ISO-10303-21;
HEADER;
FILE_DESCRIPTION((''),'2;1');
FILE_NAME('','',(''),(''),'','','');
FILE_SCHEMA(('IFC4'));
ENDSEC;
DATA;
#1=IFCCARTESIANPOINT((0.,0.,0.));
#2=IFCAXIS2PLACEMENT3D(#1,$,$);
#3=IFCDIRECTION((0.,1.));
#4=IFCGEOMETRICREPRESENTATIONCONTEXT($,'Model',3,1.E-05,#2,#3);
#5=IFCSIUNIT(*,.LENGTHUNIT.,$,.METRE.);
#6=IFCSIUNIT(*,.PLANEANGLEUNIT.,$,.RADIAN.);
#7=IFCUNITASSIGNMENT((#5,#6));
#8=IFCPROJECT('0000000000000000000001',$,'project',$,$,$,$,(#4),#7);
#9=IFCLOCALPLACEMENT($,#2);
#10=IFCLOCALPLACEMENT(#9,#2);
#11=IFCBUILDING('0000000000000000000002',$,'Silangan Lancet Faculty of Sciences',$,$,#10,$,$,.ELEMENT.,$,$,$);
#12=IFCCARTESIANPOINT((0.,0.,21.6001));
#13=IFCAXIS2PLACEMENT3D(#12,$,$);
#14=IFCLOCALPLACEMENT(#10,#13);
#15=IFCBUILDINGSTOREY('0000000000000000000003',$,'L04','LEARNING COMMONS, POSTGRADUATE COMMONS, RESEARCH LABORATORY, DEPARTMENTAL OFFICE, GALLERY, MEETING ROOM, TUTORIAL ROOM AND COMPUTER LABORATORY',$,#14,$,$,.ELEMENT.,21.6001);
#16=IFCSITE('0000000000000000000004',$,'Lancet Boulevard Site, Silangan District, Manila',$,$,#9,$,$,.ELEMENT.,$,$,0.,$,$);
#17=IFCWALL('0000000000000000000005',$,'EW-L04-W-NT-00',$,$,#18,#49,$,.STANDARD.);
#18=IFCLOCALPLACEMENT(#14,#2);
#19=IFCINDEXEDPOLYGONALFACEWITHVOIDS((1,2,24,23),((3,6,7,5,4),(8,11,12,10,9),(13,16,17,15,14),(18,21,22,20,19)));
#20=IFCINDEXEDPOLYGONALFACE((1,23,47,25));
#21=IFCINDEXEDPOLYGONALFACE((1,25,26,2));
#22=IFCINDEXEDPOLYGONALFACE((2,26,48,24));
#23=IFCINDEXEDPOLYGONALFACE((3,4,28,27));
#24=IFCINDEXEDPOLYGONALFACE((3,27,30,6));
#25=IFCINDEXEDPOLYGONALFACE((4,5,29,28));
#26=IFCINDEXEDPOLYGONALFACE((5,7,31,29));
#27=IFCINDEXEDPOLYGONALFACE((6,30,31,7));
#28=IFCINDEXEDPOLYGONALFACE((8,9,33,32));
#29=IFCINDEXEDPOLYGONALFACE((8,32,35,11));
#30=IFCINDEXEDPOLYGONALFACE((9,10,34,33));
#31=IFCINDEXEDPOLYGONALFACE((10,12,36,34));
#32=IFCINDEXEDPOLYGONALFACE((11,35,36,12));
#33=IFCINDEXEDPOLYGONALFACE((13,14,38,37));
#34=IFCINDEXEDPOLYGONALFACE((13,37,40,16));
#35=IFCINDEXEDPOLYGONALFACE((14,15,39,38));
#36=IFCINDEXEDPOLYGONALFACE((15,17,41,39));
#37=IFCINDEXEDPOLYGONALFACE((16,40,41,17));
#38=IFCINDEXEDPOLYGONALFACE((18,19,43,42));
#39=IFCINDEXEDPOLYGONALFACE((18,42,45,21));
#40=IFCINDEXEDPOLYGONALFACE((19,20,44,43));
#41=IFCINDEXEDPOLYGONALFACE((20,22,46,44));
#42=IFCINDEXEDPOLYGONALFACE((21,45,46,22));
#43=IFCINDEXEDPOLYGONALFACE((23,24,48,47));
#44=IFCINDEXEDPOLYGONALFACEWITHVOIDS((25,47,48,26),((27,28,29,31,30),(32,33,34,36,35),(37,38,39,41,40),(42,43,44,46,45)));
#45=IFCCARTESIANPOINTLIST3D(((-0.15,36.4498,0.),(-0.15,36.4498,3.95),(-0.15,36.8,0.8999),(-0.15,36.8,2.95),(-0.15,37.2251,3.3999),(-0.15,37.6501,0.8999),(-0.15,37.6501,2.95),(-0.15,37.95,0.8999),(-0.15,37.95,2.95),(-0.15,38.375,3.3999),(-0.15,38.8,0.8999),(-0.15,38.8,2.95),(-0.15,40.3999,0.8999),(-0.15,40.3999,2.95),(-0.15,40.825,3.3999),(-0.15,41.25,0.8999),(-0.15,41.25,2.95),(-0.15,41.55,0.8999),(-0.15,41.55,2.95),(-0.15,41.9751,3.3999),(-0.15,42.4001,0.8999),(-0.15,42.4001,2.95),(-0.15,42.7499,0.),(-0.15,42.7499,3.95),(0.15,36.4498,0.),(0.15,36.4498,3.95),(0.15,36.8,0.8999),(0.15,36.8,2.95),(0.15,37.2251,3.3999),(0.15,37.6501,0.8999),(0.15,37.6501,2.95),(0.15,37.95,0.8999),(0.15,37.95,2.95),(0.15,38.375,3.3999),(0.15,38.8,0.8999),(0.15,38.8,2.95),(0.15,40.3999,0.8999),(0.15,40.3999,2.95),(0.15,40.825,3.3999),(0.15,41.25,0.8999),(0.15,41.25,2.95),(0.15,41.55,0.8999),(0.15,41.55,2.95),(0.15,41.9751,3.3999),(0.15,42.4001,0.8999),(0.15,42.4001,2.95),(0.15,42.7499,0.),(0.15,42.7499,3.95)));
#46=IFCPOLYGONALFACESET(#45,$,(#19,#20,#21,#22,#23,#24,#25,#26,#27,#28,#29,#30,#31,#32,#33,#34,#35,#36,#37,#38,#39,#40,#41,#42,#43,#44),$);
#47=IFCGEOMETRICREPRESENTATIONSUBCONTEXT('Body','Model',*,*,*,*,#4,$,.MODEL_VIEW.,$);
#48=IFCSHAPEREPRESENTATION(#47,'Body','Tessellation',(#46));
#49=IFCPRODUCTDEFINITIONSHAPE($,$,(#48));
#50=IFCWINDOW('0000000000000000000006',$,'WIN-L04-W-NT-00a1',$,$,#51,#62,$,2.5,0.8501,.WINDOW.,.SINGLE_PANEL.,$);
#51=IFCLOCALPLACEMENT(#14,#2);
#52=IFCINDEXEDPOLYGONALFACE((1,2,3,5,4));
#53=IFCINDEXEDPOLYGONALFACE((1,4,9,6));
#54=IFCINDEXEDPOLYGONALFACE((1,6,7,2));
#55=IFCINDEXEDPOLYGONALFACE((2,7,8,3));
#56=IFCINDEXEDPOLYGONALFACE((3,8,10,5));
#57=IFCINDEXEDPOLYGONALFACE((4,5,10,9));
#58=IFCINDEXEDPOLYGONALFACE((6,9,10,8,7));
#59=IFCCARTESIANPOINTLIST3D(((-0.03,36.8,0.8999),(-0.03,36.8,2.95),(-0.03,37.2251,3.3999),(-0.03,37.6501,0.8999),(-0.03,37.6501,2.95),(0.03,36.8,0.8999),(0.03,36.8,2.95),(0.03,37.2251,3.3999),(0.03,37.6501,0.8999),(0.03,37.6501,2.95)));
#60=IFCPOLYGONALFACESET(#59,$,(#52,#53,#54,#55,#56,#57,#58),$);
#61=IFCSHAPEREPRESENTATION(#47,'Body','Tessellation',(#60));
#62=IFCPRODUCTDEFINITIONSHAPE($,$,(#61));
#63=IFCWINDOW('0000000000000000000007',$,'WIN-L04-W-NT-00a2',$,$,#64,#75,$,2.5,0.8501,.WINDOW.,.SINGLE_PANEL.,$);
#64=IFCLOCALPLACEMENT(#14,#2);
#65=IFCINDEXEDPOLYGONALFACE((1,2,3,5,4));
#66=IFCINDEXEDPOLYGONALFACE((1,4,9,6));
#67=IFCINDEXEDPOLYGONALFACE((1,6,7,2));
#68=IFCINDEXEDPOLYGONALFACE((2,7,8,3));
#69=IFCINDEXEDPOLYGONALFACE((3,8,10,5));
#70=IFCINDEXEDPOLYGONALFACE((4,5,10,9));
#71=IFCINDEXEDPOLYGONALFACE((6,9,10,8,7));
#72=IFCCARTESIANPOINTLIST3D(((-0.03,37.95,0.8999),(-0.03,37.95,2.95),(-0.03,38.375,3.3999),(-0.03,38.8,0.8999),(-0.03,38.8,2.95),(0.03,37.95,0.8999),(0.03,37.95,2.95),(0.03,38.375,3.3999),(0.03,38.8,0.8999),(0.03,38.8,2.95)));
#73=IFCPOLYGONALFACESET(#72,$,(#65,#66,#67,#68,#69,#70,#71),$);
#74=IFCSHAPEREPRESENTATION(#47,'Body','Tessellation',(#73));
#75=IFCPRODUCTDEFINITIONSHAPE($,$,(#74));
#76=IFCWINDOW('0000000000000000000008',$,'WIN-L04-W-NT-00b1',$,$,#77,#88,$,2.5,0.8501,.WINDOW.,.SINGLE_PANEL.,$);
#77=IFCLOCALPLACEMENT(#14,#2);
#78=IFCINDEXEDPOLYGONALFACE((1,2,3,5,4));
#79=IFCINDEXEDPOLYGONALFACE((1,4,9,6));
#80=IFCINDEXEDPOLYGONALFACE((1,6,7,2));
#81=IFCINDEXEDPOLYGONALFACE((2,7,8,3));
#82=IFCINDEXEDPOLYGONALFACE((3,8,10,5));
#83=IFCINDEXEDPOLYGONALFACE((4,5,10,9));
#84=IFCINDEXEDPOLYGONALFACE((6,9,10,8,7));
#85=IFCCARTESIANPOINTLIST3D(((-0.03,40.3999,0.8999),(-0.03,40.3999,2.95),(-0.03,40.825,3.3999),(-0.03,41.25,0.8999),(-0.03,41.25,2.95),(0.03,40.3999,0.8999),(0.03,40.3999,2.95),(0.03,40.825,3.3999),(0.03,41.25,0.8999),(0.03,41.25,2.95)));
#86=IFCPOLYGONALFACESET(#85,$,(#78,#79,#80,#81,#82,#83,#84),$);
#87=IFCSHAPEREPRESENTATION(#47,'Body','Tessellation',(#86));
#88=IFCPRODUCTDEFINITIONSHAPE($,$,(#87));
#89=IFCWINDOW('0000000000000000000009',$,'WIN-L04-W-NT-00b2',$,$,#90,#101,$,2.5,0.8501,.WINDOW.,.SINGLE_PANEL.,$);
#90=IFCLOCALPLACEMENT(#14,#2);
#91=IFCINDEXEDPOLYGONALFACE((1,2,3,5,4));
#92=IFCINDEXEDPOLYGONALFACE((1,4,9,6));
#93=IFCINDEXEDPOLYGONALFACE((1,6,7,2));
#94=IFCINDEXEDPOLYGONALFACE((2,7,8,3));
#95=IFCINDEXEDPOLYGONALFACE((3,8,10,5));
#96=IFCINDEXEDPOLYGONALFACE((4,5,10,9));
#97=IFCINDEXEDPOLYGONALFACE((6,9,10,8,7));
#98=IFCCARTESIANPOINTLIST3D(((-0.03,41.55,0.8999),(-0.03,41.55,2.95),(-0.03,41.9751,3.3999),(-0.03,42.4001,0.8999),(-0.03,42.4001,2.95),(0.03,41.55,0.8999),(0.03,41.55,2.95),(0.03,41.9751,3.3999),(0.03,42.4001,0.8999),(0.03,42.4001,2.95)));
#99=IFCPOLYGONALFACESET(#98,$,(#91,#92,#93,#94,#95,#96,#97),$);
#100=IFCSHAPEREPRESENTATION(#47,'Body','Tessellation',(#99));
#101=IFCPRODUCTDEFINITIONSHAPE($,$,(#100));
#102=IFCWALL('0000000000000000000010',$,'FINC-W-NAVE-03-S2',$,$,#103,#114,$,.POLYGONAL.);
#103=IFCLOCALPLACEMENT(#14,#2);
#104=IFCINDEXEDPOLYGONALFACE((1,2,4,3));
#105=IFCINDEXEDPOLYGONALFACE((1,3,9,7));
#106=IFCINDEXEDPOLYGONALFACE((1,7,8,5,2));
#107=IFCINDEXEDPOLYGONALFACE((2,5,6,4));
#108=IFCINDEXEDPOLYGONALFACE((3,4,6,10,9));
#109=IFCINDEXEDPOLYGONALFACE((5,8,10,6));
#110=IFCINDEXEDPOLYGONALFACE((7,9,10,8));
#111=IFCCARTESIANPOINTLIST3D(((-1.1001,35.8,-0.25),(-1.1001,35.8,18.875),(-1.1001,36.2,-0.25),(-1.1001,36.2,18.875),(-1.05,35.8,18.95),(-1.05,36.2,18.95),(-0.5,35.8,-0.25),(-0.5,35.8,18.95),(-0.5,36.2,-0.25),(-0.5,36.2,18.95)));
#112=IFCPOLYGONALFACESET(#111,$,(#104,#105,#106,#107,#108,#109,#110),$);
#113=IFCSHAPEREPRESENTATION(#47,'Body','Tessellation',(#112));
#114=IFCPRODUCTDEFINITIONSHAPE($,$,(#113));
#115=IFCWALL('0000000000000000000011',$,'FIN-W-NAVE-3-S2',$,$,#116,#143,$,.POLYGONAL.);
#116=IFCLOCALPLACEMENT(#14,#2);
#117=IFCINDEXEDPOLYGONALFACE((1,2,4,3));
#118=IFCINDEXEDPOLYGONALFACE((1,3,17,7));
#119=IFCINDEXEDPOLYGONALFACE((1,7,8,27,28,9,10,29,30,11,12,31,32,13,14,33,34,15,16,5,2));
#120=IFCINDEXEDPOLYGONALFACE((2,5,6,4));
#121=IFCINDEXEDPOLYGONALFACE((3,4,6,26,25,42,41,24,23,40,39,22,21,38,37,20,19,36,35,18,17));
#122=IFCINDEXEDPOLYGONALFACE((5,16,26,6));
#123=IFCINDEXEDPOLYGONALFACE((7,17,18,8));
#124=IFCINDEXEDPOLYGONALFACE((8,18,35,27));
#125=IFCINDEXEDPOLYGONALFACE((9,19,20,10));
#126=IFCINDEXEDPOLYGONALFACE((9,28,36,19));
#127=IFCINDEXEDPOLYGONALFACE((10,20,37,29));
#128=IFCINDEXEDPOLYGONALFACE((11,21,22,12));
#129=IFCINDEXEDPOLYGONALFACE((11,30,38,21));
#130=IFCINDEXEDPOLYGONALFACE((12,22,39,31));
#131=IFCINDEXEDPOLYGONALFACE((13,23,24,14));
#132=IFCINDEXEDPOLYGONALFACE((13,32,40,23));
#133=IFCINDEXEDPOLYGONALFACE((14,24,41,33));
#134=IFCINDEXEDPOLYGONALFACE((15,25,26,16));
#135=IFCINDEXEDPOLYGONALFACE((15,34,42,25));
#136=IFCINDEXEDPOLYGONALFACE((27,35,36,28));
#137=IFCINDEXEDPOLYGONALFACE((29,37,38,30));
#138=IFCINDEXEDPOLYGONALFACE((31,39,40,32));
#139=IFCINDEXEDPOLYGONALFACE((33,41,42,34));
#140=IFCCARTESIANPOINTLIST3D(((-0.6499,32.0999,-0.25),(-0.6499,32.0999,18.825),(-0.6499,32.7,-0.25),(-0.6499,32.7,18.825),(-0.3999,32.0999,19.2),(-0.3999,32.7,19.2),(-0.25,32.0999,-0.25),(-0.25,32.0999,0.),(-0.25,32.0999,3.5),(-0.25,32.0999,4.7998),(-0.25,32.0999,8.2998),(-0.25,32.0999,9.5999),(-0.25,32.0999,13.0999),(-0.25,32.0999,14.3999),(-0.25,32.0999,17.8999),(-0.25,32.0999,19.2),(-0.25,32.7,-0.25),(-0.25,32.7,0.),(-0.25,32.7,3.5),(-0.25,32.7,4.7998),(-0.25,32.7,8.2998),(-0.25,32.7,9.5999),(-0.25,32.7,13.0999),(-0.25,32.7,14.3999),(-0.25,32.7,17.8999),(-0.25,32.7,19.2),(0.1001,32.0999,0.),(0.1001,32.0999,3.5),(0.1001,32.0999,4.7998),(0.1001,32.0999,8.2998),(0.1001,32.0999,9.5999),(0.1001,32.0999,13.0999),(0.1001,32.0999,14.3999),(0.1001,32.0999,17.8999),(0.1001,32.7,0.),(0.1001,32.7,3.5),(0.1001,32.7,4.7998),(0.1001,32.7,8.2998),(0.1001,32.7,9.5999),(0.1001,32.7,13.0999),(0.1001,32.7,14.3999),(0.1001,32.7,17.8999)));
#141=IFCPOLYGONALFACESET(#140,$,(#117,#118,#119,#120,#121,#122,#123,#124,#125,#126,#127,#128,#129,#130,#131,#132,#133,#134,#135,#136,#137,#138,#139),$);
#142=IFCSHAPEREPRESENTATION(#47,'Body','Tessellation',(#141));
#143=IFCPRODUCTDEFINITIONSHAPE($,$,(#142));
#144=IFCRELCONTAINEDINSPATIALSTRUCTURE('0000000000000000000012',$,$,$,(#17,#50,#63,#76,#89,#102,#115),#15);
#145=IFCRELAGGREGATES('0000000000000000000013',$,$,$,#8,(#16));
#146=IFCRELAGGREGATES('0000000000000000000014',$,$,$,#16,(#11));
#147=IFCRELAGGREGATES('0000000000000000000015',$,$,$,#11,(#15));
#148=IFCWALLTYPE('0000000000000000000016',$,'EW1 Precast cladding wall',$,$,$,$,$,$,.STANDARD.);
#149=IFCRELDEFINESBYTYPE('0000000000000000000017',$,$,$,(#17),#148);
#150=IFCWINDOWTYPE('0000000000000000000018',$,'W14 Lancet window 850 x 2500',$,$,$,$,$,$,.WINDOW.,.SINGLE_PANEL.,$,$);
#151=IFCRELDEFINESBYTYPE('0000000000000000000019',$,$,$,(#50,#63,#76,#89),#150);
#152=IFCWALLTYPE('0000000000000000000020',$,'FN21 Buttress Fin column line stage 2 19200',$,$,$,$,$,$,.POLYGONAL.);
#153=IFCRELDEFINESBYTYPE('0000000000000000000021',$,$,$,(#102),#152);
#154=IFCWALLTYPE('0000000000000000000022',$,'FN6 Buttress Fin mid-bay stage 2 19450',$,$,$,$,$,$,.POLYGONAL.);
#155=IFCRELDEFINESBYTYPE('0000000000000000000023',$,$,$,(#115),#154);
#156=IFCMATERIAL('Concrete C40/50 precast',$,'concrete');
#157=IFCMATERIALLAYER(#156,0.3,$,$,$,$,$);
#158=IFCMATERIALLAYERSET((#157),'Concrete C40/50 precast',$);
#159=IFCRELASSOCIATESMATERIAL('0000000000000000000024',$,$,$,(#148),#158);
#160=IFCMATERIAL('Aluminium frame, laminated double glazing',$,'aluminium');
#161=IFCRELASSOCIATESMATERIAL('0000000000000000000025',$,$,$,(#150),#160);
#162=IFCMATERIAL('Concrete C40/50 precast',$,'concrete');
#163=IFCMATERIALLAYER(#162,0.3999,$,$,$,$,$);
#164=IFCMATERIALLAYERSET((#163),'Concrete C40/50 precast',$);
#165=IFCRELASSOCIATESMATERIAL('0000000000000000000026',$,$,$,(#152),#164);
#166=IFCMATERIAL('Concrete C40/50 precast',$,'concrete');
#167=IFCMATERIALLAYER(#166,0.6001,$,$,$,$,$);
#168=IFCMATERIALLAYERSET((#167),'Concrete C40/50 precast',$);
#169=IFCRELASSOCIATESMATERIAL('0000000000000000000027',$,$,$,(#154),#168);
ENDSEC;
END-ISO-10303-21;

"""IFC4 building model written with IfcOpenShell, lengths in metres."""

from ifc_helpers import new_model, si_unit, direction, frame, frame_2d, origin, place, context, subcontext, project, spatial, polyline, rectangle, outline, extrude, material, layer, layer_set, type_object, element, fill, save


model = new_model("IFC4")

# Units and contexts
model_context = context("Model", 3, precision=1e-05, world=origin(), true_north=direction((0.0, 1.0)))
body_context = subcontext(model_context, "Body", "Model", "MODEL_VIEW")
ifc_project = project(units=[si_unit("LENGTHUNIT", "METRE"), si_unit("PLANEANGLEUNIT", "RADIAN")], contexts=[model_context])

# Site, building, storey
site_placement = place(None, origin())
site = spatial("IfcSite", under=ifc_project, at=site_placement, Name="Lancet Boulevard Site, Silangan District, Manila", CompositionType="ELEMENT", RefElevation=0.0)
building_placement = place(site_placement, origin())
building = spatial("IfcBuilding", under=site, at=building_placement, Name="Silangan Lancet Faculty of Sciences", CompositionType="ELEMENT")
storey_placement = place(building_placement, frame((0.0, 0.0, 21.6001)))
storey = spatial("IfcBuildingStorey", under=building, at=storey_placement, Name="L04", Description="LEARNING COMMONS, POSTGRADUATE COMMONS, RESEARCH LABORATORY, DEPARTMENTAL OFFICE, GALLERY, MEETING ROOM, TUTORIAL ROOM AND COMPUTER LABORATORY", CompositionType="ELEMENT", Elevation=21.6001)

# Wall, openings, windows
ifc_material_1 = material(Name="Concrete C40/50 precast", Category="concrete")
ifc_layer_1 = layer(ifc_material_1, 0.3)
ifc_layer_set_1 = layer_set([ifc_layer_1], Name="Concrete C40/50 precast")
wall_type_1 = type_object("IfcWallType", Name="EW1 Precast cladding wall", PredefinedType="STANDARD", material=ifc_layer_set_1)
wall_1_placement = place(storey_placement, frame((0.0, 36.45, 0.0), z_axis=(0.0, 0.0, 1.0), x_axis=(0.0, 1.0, 0.0)))
wall_1 = element("IfcWall", 1, at=wall_1_placement, inside=storey, type_object=wall_type_1, Name="EW-L04-W-NT-00", PredefinedType="STANDARD", context=body_context, shape_type="SweptSolid", body=[
    extrude(rectangle(XDim=6.3, YDim=0.3, at=frame_2d((3.1499, 0.0))), origin(), (0.0, 0.0, 1.0), 3.95),
])
opening_1_placement = place(wall_1_placement, frame((0.3501, 0.0, 0.8999)))
opening_1 = element("IfcOpeningElement", 2, at=opening_1_placement, cuts=wall_1, PredefinedType="OPENING", context=body_context, shape_type="SweptSolid", body=[
    extrude(outline(polyline([(0.0, 0.0), (0.8501, 0.0), (0.8501, 2.05), (0.425, 2.5), (0.0, 2.05), (0.0, 0.0)])), frame((0.0, 0.1599, 0.0), z_axis=(0.0, -1.0, 0.0), x_axis=(1.0, 0.0, 0.0)), (0.0, 0.0, 1.0), 0.3201),
])
opening_2_placement = place(wall_1_placement, frame((1.5, 0.0, 0.8999)))
opening_2 = element("IfcOpeningElement", 3, at=opening_2_placement, cuts=wall_1, PredefinedType="OPENING", context=body_context, shape_type="SweptSolid", body=[
    extrude(outline(polyline([(0.0, 0.0), (0.8501, 0.0), (0.8501, 2.05), (0.425, 2.5), (0.0, 2.05), (0.0, 0.0)])), frame((0.0, 0.1599, 0.0), z_axis=(0.0, -1.0, 0.0), x_axis=(1.0, 0.0, 0.0)), (0.0, 0.0, 1.0), 0.3201),
])
opening_3_placement = place(wall_1_placement, frame((3.95, 0.0, 0.8999)))
opening_3 = element("IfcOpeningElement", 4, at=opening_3_placement, cuts=wall_1, PredefinedType="OPENING", context=body_context, shape_type="SweptSolid", body=[
    extrude(outline(polyline([(0.0, 0.0), (0.8501, 0.0), (0.8501, 2.05), (0.425, 2.5), (0.0, 2.05), (0.0, 0.0)])), frame((0.0, 0.1599, 0.0), z_axis=(0.0, -1.0, 0.0), x_axis=(1.0, 0.0, 0.0)), (0.0, 0.0, 1.0), 0.3201),
])
opening_4_placement = place(wall_1_placement, frame((5.1001, 0.0, 0.8999)))
opening_4 = element("IfcOpeningElement", 5, at=opening_4_placement, cuts=wall_1, PredefinedType="OPENING", context=body_context, shape_type="SweptSolid", body=[
    extrude(outline(polyline([(0.0, 0.0), (0.8501, 0.0), (0.8501, 2.05), (0.425, 2.5), (0.0, 2.05), (0.0, 0.0)])), frame((0.0, 0.1599, 0.0), z_axis=(0.0, -1.0, 0.0), x_axis=(1.0, 0.0, 0.0)), (0.0, 0.0, 1.0), 0.3201),
])
ifc_material_2 = material(Name="Aluminium frame, laminated double glazing", Category="aluminium")
window_type = type_object("IfcWindowType", Name="W14 Lancet window 850 x 2500", PartitioningType="SINGLE_PANEL", PredefinedType="WINDOW", material=ifc_material_2)
window_1_placement = place(opening_1_placement, origin())
window_1 = element("IfcWindow", 6, at=window_1_placement, inside=storey, type_object=window_type, Name="WIN-L04-W-NT-00a1", OverallHeight=2.5, OverallWidth=0.8501, PartitioningType="SINGLE_PANEL", PredefinedType="WINDOW", context=body_context, shape_type="SweptSolid", body=[
    extrude(outline(polyline([(0.0, 0.0), (0.8501, 0.0), (0.8501, 2.05), (0.425, 2.5), (0.0, 2.05), (0.0, 0.0)])), frame((0.0, 0.03, 0.0), z_axis=(0.0, -1.0, 0.0), x_axis=(1.0, 0.0, 0.0)), (0.0, 0.0, 1.0), 0.0601),
])
fill(opening_1, window_1)
window_2_placement = place(opening_2_placement, origin())
window_2 = element("IfcWindow", 7, at=window_2_placement, inside=storey, type_object=window_type, Name="WIN-L04-W-NT-00a2", OverallHeight=2.5, OverallWidth=0.8501, PartitioningType="SINGLE_PANEL", PredefinedType="WINDOW", context=body_context, shape_type="SweptSolid", body=[
    extrude(outline(polyline([(0.0, 0.0), (0.8501, 0.0), (0.8501, 2.05), (0.425, 2.5), (0.0, 2.05), (0.0, 0.0)])), frame((0.0, 0.03, 0.0), z_axis=(0.0, -1.0, 0.0), x_axis=(1.0, 0.0, 0.0)), (0.0, 0.0, 1.0), 0.0601),
])
fill(opening_2, window_2)
window_3_placement = place(opening_3_placement, origin())
window_3 = element("IfcWindow", 8, at=window_3_placement, inside=storey, type_object=window_type, Name="WIN-L04-W-NT-00b1", OverallHeight=2.5, OverallWidth=0.8501, PartitioningType="SINGLE_PANEL", PredefinedType="WINDOW", context=body_context, shape_type="SweptSolid", body=[
    extrude(outline(polyline([(0.0, 0.0), (0.8501, 0.0), (0.8501, 2.05), (0.425, 2.5), (0.0, 2.05), (0.0, 0.0)])), frame((0.0, 0.03, 0.0), z_axis=(0.0, -1.0, 0.0), x_axis=(1.0, 0.0, 0.0)), (0.0, 0.0, 1.0), 0.0601),
])
fill(opening_3, window_3)
window_4_placement = place(opening_4_placement, origin())
window_4 = element("IfcWindow", 9, at=window_4_placement, inside=storey, type_object=window_type, Name="WIN-L04-W-NT-00b2", OverallHeight=2.5, OverallWidth=0.8501, PartitioningType="SINGLE_PANEL", PredefinedType="WINDOW", context=body_context, shape_type="SweptSolid", body=[
    extrude(outline(polyline([(0.0, 0.0), (0.8501, 0.0), (0.8501, 2.05), (0.425, 2.5), (0.0, 2.05), (0.0, 0.0)])), frame((0.0, 0.03, 0.0), z_axis=(0.0, -1.0, 0.0), x_axis=(1.0, 0.0, 0.0)), (0.0, 0.0, 1.0), 0.0601),
])
fill(opening_4, window_4)

# Walls
ifc_material_3 = material(Name="Concrete C40/50 precast", Category="concrete")
ifc_layer_2 = layer(ifc_material_3, 0.3999)
ifc_layer_set_2 = layer_set([ifc_layer_2], Name="Concrete C40/50 precast")
wall_type_2 = type_object("IfcWallType", Name="FN21 Buttress Fin column line stage 2 19200", PredefinedType="POLYGONAL", material=ifc_layer_set_2)
wall_2_placement = place(storey_placement, frame((-0.5, 36.0, -0.25), z_axis=(0.0, 0.0, 1.0), x_axis=(-1.0, 0.0, 0.0)))
element("IfcWall", 10, at=wall_2_placement, inside=storey, type_object=wall_type_2, Name="FINC-W-NAVE-03-S2", PredefinedType="POLYGONAL", context=body_context, shape_type="SweptSolid", body=[
    extrude(outline(polyline([(0.6001, 0.0), (0.6001, 19.125), (0.55, 19.2), (0.0, 19.2), (0.0, 0.0), (0.6001, 0.0)])), frame((0.0, 0.2, 0.0), z_axis=(0.0, -1.0, 0.0), x_axis=(1.0, 0.0, 0.0)), (0.0, 0.0, 1.0), 0.3999),
])
ifc_material_4 = material(Name="Concrete C40/50 precast", Category="concrete")
ifc_layer_3 = layer(ifc_material_4, 0.6001)
ifc_layer_set_3 = layer_set([ifc_layer_3], Name="Concrete C40/50 precast")
wall_type_3 = type_object("IfcWallType", Name="FN6 Buttress Fin mid-bay stage 2 19450", PredefinedType="POLYGONAL", material=ifc_layer_set_3)
wall_3_placement = place(storey_placement, frame((0.1001, 32.3999, -0.25), z_axis=(0.0, 0.0, 1.0), x_axis=(-1.0, 0.0, 0.0)))
element("IfcWall", 11, at=wall_3_placement, inside=storey, type_object=wall_type_3, Name="FIN-W-NAVE-3-S2", PredefinedType="POLYGONAL", context=body_context, shape_type="SweptSolid", body=[
    extrude(outline(polyline([(0.75, 0.0), (0.75, 19.075), (0.5, 19.45), (0.3501, 19.45), (0.3501, 18.1499), (0.0, 18.1499), (0.0, 14.6499), (0.3501, 14.6499), (0.3501, 13.3499), (0.0, 13.3499), (0.0, 9.8499), (0.3501, 9.8499), (0.3501, 8.5498), (0.0, 8.5498), (0.0, 5.0498), (0.3501, 5.0498), (0.3501, 3.75), (0.0, 3.75), (0.0, 0.25), (0.3501, 0.25), (0.3501, 0.0), (0.75, 0.0)])), frame((0.0, 0.3, 0.0), z_axis=(0.0, -1.0, 0.0), x_axis=(1.0, 0.0, 0.0)), (0.0, 0.0, 1.0), 0.6001),
])

save(model, "model.ifc")
